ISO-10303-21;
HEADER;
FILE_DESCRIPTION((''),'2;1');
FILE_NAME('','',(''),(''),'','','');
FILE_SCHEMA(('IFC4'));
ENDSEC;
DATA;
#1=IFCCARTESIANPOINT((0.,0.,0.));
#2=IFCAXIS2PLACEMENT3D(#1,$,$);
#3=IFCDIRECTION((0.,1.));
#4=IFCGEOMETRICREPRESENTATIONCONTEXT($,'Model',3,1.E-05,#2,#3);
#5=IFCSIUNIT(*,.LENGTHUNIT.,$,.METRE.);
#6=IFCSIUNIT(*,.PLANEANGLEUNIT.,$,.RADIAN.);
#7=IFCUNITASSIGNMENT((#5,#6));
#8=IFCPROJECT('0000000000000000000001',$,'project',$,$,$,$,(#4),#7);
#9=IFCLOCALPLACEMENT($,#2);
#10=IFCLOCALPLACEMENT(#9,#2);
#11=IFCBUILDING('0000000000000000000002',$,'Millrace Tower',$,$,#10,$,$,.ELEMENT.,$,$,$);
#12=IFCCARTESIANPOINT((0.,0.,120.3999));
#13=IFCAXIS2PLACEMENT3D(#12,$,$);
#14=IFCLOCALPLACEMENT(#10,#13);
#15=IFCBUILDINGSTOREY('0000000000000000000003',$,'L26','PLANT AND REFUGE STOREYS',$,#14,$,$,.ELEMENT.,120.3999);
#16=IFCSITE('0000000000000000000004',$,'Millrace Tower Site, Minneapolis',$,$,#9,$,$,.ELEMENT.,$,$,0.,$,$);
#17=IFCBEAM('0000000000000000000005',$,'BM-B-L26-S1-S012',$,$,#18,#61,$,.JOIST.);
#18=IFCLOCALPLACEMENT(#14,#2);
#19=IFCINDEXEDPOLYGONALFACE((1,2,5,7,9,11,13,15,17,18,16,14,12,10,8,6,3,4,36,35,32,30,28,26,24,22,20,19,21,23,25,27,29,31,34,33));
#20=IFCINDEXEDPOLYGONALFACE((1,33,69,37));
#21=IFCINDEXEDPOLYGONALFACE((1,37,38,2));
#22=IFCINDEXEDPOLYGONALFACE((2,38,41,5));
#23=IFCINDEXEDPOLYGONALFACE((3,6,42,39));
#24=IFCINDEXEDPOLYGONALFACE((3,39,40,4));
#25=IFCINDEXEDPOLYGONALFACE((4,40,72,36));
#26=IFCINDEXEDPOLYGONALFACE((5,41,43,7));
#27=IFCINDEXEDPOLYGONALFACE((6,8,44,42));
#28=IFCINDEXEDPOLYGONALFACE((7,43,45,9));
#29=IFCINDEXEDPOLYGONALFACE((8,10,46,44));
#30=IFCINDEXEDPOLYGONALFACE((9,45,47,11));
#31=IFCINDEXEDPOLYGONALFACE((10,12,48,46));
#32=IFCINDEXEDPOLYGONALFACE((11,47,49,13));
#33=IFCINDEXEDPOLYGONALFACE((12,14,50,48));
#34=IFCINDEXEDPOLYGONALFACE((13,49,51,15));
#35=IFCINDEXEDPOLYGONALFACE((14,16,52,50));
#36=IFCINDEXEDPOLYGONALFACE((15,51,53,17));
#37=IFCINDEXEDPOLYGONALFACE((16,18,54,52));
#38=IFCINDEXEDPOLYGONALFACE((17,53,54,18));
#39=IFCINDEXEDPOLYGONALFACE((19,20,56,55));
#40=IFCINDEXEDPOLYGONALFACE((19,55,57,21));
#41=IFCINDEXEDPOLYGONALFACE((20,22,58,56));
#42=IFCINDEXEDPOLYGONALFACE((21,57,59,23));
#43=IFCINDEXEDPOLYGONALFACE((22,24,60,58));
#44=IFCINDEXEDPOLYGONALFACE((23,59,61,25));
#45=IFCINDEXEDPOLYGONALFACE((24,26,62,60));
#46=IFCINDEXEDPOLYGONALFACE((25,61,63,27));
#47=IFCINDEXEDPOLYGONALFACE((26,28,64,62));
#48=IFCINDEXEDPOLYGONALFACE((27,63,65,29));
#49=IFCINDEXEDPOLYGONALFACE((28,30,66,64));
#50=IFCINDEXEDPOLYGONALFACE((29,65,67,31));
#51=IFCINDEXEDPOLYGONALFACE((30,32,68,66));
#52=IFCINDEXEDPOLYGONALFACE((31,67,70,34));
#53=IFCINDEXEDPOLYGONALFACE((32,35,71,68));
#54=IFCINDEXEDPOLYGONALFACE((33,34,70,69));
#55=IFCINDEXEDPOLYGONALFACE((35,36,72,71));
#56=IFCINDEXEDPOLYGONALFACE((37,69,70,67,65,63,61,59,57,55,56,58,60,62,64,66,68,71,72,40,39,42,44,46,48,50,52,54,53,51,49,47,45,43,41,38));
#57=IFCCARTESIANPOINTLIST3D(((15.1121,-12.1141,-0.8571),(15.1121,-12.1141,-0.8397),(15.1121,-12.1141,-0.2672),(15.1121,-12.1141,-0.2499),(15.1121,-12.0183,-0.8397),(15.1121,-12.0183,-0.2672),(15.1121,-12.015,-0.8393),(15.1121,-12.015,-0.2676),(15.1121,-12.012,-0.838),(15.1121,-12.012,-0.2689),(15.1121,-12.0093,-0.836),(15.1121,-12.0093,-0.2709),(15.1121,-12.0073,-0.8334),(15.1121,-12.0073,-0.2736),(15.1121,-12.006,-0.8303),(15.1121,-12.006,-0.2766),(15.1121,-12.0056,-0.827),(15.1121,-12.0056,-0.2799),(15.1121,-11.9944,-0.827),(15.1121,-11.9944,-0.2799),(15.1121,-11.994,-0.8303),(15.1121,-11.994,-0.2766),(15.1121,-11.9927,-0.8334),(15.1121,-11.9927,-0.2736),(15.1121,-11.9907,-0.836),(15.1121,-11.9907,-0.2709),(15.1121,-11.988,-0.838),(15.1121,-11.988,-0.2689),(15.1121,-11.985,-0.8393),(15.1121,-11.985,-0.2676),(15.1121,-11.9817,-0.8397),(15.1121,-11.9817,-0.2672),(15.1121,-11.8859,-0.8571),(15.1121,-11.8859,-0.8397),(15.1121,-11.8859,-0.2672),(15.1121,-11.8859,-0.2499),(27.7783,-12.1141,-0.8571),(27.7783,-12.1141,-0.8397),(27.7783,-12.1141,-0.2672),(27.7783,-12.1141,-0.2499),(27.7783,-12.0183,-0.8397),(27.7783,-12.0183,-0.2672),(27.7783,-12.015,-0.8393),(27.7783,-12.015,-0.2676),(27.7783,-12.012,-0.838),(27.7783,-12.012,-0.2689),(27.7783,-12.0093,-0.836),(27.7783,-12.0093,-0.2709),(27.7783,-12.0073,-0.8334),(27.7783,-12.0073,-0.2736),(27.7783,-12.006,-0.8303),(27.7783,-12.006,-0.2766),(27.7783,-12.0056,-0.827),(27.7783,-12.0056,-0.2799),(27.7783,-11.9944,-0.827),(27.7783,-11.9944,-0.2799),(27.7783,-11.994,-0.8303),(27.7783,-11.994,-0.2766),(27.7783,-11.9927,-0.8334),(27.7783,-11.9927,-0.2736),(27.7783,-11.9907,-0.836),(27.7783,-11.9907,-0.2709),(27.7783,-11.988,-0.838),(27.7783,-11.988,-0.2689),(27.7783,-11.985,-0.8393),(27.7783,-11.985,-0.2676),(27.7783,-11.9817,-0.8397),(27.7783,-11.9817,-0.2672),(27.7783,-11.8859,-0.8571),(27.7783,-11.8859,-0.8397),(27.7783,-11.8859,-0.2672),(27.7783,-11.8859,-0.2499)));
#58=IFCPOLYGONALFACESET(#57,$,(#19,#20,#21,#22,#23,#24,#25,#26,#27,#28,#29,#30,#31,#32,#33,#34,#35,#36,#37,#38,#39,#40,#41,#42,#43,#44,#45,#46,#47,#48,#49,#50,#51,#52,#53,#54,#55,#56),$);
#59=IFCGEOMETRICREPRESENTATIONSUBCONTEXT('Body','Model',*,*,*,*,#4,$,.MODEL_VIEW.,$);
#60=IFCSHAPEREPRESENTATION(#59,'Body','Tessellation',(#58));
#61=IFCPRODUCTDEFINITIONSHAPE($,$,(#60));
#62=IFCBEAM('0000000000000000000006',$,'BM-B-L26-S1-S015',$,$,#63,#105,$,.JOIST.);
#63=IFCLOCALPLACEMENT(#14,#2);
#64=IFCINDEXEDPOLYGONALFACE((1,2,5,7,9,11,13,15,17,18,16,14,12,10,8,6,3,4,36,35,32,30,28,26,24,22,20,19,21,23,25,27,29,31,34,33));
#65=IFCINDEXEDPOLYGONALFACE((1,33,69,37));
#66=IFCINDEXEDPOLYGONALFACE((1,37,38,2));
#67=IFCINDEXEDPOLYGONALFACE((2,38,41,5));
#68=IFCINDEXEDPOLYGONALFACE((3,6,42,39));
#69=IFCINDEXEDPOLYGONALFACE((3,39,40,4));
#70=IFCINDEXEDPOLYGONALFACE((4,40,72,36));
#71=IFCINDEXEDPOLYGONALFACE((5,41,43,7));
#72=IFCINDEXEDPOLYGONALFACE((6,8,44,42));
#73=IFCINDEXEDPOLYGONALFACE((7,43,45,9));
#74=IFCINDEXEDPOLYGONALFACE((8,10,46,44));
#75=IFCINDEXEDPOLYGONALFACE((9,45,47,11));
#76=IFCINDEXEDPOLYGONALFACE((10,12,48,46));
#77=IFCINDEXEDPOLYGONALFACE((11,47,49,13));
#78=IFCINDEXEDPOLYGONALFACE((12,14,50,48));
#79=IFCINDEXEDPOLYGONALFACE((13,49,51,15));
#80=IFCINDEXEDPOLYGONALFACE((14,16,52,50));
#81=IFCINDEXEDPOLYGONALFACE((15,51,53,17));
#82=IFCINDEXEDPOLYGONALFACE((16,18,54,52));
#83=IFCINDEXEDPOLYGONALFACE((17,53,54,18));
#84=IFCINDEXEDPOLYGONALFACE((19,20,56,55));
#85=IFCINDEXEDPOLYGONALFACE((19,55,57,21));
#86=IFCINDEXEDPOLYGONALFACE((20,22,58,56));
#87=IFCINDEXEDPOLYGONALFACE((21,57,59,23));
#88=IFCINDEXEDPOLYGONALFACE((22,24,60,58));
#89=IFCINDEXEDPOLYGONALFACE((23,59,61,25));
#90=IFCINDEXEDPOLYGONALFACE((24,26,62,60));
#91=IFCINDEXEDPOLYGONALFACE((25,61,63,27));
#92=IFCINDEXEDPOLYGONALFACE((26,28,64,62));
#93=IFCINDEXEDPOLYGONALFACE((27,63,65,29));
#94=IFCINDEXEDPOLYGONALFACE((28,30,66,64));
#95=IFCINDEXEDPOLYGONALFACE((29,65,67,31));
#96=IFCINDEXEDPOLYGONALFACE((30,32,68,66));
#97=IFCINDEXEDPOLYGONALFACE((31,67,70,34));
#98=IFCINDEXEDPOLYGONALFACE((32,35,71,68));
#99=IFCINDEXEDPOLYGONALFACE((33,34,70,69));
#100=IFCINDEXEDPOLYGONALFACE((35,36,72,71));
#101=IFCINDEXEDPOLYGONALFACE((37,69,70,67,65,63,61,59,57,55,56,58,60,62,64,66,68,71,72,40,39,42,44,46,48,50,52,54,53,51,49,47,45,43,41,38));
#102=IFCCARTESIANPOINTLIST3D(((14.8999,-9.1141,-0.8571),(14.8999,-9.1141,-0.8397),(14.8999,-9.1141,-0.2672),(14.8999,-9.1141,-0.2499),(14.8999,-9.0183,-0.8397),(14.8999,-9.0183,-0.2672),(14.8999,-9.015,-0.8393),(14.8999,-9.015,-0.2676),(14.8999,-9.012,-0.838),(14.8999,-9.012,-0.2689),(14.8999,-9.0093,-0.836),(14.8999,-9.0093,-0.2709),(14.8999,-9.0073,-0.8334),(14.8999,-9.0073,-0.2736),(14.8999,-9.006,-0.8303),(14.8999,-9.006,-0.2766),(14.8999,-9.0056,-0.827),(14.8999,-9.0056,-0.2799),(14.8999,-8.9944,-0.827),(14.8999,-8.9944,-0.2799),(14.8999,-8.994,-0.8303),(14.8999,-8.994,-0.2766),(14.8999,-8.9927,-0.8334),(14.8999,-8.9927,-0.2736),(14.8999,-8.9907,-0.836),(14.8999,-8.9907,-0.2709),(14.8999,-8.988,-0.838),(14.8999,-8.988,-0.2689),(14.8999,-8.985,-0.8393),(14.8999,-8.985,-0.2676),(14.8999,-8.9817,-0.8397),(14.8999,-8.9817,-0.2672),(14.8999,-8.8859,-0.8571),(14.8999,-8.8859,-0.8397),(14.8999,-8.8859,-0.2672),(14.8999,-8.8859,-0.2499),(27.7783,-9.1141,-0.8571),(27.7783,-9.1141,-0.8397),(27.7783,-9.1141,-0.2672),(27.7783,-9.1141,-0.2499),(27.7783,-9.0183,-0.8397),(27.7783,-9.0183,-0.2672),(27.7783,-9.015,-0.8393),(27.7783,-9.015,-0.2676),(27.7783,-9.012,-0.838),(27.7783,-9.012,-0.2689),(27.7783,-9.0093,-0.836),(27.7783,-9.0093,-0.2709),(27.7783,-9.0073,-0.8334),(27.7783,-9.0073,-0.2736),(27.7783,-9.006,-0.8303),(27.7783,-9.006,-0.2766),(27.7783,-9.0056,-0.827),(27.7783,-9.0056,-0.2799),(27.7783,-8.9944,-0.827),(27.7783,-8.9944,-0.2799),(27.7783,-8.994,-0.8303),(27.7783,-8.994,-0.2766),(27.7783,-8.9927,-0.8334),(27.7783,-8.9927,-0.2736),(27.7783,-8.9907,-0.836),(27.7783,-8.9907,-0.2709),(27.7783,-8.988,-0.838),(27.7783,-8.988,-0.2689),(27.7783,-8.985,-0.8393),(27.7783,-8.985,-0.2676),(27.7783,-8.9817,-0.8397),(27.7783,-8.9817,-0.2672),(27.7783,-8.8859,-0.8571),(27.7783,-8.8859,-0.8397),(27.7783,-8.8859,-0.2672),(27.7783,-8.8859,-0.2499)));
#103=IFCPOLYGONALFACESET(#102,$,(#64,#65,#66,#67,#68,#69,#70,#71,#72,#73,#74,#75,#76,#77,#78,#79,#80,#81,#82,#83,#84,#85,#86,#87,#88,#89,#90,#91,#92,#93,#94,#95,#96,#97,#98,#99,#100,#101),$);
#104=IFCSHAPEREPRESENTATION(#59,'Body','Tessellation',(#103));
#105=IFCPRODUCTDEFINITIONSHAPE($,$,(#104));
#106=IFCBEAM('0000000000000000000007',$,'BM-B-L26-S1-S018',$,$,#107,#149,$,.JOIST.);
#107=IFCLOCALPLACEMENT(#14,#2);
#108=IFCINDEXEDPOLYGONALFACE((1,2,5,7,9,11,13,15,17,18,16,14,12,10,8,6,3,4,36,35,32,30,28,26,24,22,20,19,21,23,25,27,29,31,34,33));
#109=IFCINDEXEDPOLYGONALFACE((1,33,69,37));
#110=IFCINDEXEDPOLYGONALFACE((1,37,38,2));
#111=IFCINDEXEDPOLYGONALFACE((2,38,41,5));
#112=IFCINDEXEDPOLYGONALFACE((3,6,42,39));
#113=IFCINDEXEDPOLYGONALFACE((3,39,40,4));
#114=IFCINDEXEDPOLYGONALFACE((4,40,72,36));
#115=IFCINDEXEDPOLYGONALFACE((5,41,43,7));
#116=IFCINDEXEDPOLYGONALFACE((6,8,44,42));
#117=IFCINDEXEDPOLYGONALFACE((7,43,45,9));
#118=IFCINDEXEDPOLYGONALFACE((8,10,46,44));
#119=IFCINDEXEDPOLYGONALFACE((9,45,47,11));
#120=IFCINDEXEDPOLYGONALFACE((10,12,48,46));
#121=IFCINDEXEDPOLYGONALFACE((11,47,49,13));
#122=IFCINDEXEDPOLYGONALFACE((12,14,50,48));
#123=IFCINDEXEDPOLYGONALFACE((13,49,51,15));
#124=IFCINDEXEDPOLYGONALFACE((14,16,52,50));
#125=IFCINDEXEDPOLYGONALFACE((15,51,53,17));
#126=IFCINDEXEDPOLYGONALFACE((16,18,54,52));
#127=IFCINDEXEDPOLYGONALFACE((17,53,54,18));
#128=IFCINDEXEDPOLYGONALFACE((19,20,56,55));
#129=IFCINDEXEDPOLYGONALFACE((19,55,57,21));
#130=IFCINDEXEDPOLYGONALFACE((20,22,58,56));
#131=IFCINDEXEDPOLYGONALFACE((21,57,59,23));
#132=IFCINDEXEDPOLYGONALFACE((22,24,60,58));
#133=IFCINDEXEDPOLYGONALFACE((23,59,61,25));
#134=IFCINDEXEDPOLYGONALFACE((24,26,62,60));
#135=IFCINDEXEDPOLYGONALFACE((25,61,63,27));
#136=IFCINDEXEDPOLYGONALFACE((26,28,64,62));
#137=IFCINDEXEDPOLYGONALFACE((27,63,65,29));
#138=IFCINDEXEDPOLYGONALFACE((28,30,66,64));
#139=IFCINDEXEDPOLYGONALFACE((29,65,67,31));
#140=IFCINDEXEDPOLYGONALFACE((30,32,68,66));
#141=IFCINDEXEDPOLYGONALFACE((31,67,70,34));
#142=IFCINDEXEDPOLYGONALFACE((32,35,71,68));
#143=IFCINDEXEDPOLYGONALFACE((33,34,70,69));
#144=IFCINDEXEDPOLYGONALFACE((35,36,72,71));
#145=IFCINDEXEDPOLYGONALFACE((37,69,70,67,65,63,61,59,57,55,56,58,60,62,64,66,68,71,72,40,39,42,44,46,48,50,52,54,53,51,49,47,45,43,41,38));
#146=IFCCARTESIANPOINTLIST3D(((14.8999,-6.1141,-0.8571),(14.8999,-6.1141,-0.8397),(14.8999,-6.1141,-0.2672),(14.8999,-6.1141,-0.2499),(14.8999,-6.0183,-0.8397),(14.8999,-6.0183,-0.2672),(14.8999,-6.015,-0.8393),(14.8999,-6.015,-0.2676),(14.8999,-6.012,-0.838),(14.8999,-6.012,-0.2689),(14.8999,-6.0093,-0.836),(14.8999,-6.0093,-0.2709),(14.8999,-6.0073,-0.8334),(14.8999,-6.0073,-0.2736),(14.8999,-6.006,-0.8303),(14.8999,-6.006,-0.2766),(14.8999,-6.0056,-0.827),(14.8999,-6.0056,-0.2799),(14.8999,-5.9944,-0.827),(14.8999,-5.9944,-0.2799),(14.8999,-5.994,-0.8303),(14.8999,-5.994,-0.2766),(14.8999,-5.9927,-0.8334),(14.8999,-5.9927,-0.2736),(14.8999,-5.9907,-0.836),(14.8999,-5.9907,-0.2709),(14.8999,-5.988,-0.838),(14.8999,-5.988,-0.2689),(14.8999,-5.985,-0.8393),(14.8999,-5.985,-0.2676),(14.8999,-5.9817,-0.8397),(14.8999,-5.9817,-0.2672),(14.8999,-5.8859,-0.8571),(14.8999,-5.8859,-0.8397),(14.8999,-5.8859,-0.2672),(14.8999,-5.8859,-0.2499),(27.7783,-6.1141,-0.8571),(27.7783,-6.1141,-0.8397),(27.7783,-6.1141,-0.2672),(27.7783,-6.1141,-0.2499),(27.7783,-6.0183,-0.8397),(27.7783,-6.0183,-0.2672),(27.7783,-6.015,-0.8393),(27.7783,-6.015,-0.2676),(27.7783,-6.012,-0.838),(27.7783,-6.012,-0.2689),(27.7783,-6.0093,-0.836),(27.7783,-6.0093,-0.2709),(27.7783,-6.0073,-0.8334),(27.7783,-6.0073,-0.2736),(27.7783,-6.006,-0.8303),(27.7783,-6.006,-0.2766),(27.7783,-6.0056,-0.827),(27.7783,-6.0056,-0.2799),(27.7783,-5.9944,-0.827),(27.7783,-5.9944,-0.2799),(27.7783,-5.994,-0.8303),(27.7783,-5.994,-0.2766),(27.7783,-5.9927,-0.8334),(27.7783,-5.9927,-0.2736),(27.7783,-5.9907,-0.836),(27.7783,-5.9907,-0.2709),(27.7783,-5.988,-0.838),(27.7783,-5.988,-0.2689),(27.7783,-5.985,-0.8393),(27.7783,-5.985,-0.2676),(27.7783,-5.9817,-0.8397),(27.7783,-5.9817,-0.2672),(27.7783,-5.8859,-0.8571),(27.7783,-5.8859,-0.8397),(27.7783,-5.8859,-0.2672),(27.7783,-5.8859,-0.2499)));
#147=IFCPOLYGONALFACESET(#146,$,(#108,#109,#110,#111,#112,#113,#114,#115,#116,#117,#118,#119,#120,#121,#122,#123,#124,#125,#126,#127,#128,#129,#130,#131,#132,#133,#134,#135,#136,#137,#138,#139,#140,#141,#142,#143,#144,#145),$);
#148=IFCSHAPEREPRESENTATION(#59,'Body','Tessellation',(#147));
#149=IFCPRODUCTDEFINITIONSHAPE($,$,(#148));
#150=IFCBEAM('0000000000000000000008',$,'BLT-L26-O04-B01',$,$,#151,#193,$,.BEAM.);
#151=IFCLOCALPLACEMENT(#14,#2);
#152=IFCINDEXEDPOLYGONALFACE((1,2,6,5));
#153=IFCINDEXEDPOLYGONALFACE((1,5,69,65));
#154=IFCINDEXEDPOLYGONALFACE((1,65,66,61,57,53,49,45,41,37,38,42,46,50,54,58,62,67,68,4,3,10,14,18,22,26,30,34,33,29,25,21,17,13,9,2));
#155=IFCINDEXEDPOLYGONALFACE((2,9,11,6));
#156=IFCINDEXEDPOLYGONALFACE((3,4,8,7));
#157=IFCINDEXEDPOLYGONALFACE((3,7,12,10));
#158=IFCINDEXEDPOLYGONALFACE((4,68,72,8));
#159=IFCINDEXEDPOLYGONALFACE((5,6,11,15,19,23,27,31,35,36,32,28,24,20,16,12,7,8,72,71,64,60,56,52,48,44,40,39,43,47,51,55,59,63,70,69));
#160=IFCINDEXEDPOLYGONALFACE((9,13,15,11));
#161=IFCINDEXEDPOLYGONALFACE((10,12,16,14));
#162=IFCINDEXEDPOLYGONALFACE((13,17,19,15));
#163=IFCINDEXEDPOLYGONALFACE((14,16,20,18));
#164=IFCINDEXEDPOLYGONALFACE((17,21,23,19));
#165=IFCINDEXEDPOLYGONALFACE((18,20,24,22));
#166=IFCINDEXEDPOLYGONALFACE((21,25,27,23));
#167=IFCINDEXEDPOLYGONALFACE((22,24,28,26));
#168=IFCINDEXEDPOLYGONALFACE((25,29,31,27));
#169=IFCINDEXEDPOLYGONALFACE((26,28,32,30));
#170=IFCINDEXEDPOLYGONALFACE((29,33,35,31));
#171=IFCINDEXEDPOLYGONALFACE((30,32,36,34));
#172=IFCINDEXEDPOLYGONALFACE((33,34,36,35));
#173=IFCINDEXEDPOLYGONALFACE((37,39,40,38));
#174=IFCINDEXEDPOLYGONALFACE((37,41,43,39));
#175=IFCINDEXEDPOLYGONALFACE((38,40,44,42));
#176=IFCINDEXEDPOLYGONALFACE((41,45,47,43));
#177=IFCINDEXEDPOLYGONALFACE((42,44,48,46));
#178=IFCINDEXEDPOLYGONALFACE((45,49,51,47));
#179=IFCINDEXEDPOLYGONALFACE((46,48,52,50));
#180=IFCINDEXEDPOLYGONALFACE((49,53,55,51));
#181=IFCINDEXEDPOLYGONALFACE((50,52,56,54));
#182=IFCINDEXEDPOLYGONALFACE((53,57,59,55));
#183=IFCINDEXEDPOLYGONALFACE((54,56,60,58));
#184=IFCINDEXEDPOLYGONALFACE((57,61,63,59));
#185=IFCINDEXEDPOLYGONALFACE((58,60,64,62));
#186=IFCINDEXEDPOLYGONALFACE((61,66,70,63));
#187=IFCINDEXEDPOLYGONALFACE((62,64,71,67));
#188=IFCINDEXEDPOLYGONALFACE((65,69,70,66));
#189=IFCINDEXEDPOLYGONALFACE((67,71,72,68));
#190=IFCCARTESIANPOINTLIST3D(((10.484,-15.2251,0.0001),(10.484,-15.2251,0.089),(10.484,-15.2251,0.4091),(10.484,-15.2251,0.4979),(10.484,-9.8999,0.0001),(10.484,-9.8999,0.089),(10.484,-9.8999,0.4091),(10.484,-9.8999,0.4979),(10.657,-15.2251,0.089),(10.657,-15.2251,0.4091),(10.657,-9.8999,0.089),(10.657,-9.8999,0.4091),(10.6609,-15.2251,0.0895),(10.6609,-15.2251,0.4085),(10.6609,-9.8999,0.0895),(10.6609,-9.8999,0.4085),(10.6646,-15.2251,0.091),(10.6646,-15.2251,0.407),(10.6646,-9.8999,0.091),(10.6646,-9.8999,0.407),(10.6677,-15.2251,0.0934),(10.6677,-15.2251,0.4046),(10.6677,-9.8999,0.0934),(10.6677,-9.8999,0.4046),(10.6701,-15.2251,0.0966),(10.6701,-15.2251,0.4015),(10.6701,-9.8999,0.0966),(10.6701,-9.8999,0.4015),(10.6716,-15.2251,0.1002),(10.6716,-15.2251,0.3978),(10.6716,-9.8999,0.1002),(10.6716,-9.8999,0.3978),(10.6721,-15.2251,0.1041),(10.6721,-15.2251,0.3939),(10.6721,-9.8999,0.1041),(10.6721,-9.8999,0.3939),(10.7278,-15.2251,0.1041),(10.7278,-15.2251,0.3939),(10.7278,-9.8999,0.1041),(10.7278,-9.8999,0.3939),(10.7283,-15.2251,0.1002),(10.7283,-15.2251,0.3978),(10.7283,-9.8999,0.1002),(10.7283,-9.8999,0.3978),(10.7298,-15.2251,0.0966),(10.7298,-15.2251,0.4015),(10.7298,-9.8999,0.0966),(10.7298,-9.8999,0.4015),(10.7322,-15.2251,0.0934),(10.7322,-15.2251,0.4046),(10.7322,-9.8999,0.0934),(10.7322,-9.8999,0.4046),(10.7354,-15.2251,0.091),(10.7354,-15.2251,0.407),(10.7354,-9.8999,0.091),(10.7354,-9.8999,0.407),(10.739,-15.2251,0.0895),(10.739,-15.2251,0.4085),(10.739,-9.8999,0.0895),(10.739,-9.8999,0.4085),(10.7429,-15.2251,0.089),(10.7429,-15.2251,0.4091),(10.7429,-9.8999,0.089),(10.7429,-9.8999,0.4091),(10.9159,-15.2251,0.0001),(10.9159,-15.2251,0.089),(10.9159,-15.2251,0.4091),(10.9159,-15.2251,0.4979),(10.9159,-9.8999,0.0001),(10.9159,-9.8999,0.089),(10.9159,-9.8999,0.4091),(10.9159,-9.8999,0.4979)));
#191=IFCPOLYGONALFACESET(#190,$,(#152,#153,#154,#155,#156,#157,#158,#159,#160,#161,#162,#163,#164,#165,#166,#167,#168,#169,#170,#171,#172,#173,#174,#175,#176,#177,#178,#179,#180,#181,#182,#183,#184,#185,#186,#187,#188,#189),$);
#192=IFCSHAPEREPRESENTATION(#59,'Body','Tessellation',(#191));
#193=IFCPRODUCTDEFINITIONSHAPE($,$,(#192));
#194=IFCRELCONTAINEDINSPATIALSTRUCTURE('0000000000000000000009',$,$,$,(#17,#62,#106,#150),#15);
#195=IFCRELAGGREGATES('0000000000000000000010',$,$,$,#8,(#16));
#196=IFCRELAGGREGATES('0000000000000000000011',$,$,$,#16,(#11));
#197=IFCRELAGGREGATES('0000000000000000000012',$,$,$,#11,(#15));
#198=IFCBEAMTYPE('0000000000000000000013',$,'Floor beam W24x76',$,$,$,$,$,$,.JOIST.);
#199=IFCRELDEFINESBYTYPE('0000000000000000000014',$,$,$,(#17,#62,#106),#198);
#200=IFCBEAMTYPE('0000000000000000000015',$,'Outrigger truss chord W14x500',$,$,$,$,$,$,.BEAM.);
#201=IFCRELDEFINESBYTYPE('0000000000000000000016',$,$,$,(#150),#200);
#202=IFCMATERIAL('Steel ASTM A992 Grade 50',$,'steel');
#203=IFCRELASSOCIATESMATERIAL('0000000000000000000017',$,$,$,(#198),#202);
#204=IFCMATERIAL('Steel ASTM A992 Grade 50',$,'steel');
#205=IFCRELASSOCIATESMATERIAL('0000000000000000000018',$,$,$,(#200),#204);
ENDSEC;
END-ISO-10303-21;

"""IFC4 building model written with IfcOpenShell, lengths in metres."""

from ifc_helpers import new_model, si_unit, direction, frame, origin, origin_2d, place, context, subcontext, project, spatial, i_section, extrude, material, material_profile, profile_set, type_object, element, save


model = new_model("IFC4")

# Units and contexts
model_context = context("Model", 3, precision=1e-05, world=origin(), true_north=direction((0.0, 1.0)))
body_context = subcontext(model_context, "Body", "Model", "MODEL_VIEW")
ifc_project = project(units=[si_unit("LENGTHUNIT", "METRE"), si_unit("PLANEANGLEUNIT", "RADIAN")], contexts=[model_context])

# Site, building, storey
site_placement = place(None, origin())
site = spatial("IfcSite", under=ifc_project, at=site_placement, Name="Millrace Tower Site, Minneapolis", CompositionType="ELEMENT", RefElevation=0.0)
building_placement = place(site_placement, origin())
building = spatial("IfcBuilding", under=site, at=building_placement, Name="Millrace Tower", CompositionType="ELEMENT")
storey_placement = place(building_placement, frame((0.0, 0.0, 120.3999)))
storey = spatial("IfcBuildingStorey", under=building, at=storey_placement, Name="L26", Description="PLANT AND REFUGE STOREYS", CompositionType="ELEMENT", Elevation=120.3999)

# Beams
ifc_material_1 = material(Name="Steel ASTM A992 Grade 50", Category="steel")
ifc_material_profile_1 = material_profile(ifc_material_1, i_section(OverallWidth=0.2283, OverallDepth=0.6072, WebThickness=0.0112, FlangeThickness=0.0173, FilletRadius=0.0127, at=origin_2d()))
ifc_profile_set_1 = profile_set([ifc_material_profile_1], Name="Steel ASTM A992 Grade 50")
beam_type_1 = type_object("IfcBeamType", Name="Floor beam W24x76", PredefinedType="JOIST", material=ifc_profile_set_1)
beam_1_placement = place(storey_placement, frame((15.1121, -12.0, -0.5535), z_axis=(1.0, 0.0, 0.0), x_axis=(0.0, 1.0, 0.0)))
element("IfcBeam", 1, at=beam_1_placement, inside=storey, type_object=beam_type_1, Name="BM-B-L26-S1-S012", PredefinedType="JOIST", context=body_context, shape_type="SweptSolid", body=[
    extrude(i_section(OverallWidth=0.2283, OverallDepth=0.6072, WebThickness=0.0112, FlangeThickness=0.0173, FilletRadius=0.0127, at=origin_2d()), origin(), (0.0, 0.0, 1.0), 12.6663),
])
for number, where, z_axis, x_axis, name in (
    (2, (14.8999, -9.0, -0.5535), (1.0, 0.0, 0.0), (0.0, 1.0, 0.0), "BM-B-L26-S1-S015"),
    (3, (14.8999, -6.0, -0.5535), (1.0, 0.0, 0.0), (0.0, 1.0, 0.0), "BM-B-L26-S1-S018"),
):
    element("IfcBeam", number, at=place(storey_placement, frame(where, z_axis=z_axis, x_axis=x_axis)), inside=storey, type_object=beam_type_1, Name=name, PredefinedType="JOIST", context=body_context, shape_type="SweptSolid", body=[
        extrude(i_section(OverallWidth=0.2283, OverallDepth=0.6072, WebThickness=0.0112, FlangeThickness=0.0173, FilletRadius=0.0127, at=origin_2d()), origin(), (0.0, 0.0, 1.0), 12.8784),
    ])
ifc_material_2 = material(Name="Steel ASTM A992 Grade 50", Category="steel")
ifc_material_profile_2 = material_profile(ifc_material_2, i_section(OverallWidth=0.4319, OverallDepth=0.4978, WebThickness=0.0557, FlangeThickness=0.0889, FilletRadius=0.0151, at=origin_2d()))
ifc_profile_set_2 = profile_set([ifc_material_profile_2], Name="Steel ASTM A992 Grade 50")
beam_type_2 = type_object("IfcBeamType", Name="Outrigger truss chord W14x500", PredefinedType="BEAM", material=ifc_profile_set_2)
for number, where, z_axis, x_axis, name in (
    (4, (10.7, -9.8999, 0.249), (0.0, -1.0, 0.0), (1.0, 0.0, 0.0), "BLT-L26-O04-B01"),
):
    element("IfcBeam", number, at=place(storey_placement, frame(where, z_axis=z_axis, x_axis=x_axis)), inside=storey, type_object=beam_type_2, Name=name, PredefinedType="BEAM", context=body_context, shape_type="SweptSolid", body=[
        extrude(i_section(OverallWidth=0.4319, OverallDepth=0.4978, WebThickness=0.0557, FlangeThickness=0.0889, FilletRadius=0.0151, at=origin_2d()), origin(), (0.0, 0.0, 1.0), 5.3252),
    ])

save(model, "model.ifc")
